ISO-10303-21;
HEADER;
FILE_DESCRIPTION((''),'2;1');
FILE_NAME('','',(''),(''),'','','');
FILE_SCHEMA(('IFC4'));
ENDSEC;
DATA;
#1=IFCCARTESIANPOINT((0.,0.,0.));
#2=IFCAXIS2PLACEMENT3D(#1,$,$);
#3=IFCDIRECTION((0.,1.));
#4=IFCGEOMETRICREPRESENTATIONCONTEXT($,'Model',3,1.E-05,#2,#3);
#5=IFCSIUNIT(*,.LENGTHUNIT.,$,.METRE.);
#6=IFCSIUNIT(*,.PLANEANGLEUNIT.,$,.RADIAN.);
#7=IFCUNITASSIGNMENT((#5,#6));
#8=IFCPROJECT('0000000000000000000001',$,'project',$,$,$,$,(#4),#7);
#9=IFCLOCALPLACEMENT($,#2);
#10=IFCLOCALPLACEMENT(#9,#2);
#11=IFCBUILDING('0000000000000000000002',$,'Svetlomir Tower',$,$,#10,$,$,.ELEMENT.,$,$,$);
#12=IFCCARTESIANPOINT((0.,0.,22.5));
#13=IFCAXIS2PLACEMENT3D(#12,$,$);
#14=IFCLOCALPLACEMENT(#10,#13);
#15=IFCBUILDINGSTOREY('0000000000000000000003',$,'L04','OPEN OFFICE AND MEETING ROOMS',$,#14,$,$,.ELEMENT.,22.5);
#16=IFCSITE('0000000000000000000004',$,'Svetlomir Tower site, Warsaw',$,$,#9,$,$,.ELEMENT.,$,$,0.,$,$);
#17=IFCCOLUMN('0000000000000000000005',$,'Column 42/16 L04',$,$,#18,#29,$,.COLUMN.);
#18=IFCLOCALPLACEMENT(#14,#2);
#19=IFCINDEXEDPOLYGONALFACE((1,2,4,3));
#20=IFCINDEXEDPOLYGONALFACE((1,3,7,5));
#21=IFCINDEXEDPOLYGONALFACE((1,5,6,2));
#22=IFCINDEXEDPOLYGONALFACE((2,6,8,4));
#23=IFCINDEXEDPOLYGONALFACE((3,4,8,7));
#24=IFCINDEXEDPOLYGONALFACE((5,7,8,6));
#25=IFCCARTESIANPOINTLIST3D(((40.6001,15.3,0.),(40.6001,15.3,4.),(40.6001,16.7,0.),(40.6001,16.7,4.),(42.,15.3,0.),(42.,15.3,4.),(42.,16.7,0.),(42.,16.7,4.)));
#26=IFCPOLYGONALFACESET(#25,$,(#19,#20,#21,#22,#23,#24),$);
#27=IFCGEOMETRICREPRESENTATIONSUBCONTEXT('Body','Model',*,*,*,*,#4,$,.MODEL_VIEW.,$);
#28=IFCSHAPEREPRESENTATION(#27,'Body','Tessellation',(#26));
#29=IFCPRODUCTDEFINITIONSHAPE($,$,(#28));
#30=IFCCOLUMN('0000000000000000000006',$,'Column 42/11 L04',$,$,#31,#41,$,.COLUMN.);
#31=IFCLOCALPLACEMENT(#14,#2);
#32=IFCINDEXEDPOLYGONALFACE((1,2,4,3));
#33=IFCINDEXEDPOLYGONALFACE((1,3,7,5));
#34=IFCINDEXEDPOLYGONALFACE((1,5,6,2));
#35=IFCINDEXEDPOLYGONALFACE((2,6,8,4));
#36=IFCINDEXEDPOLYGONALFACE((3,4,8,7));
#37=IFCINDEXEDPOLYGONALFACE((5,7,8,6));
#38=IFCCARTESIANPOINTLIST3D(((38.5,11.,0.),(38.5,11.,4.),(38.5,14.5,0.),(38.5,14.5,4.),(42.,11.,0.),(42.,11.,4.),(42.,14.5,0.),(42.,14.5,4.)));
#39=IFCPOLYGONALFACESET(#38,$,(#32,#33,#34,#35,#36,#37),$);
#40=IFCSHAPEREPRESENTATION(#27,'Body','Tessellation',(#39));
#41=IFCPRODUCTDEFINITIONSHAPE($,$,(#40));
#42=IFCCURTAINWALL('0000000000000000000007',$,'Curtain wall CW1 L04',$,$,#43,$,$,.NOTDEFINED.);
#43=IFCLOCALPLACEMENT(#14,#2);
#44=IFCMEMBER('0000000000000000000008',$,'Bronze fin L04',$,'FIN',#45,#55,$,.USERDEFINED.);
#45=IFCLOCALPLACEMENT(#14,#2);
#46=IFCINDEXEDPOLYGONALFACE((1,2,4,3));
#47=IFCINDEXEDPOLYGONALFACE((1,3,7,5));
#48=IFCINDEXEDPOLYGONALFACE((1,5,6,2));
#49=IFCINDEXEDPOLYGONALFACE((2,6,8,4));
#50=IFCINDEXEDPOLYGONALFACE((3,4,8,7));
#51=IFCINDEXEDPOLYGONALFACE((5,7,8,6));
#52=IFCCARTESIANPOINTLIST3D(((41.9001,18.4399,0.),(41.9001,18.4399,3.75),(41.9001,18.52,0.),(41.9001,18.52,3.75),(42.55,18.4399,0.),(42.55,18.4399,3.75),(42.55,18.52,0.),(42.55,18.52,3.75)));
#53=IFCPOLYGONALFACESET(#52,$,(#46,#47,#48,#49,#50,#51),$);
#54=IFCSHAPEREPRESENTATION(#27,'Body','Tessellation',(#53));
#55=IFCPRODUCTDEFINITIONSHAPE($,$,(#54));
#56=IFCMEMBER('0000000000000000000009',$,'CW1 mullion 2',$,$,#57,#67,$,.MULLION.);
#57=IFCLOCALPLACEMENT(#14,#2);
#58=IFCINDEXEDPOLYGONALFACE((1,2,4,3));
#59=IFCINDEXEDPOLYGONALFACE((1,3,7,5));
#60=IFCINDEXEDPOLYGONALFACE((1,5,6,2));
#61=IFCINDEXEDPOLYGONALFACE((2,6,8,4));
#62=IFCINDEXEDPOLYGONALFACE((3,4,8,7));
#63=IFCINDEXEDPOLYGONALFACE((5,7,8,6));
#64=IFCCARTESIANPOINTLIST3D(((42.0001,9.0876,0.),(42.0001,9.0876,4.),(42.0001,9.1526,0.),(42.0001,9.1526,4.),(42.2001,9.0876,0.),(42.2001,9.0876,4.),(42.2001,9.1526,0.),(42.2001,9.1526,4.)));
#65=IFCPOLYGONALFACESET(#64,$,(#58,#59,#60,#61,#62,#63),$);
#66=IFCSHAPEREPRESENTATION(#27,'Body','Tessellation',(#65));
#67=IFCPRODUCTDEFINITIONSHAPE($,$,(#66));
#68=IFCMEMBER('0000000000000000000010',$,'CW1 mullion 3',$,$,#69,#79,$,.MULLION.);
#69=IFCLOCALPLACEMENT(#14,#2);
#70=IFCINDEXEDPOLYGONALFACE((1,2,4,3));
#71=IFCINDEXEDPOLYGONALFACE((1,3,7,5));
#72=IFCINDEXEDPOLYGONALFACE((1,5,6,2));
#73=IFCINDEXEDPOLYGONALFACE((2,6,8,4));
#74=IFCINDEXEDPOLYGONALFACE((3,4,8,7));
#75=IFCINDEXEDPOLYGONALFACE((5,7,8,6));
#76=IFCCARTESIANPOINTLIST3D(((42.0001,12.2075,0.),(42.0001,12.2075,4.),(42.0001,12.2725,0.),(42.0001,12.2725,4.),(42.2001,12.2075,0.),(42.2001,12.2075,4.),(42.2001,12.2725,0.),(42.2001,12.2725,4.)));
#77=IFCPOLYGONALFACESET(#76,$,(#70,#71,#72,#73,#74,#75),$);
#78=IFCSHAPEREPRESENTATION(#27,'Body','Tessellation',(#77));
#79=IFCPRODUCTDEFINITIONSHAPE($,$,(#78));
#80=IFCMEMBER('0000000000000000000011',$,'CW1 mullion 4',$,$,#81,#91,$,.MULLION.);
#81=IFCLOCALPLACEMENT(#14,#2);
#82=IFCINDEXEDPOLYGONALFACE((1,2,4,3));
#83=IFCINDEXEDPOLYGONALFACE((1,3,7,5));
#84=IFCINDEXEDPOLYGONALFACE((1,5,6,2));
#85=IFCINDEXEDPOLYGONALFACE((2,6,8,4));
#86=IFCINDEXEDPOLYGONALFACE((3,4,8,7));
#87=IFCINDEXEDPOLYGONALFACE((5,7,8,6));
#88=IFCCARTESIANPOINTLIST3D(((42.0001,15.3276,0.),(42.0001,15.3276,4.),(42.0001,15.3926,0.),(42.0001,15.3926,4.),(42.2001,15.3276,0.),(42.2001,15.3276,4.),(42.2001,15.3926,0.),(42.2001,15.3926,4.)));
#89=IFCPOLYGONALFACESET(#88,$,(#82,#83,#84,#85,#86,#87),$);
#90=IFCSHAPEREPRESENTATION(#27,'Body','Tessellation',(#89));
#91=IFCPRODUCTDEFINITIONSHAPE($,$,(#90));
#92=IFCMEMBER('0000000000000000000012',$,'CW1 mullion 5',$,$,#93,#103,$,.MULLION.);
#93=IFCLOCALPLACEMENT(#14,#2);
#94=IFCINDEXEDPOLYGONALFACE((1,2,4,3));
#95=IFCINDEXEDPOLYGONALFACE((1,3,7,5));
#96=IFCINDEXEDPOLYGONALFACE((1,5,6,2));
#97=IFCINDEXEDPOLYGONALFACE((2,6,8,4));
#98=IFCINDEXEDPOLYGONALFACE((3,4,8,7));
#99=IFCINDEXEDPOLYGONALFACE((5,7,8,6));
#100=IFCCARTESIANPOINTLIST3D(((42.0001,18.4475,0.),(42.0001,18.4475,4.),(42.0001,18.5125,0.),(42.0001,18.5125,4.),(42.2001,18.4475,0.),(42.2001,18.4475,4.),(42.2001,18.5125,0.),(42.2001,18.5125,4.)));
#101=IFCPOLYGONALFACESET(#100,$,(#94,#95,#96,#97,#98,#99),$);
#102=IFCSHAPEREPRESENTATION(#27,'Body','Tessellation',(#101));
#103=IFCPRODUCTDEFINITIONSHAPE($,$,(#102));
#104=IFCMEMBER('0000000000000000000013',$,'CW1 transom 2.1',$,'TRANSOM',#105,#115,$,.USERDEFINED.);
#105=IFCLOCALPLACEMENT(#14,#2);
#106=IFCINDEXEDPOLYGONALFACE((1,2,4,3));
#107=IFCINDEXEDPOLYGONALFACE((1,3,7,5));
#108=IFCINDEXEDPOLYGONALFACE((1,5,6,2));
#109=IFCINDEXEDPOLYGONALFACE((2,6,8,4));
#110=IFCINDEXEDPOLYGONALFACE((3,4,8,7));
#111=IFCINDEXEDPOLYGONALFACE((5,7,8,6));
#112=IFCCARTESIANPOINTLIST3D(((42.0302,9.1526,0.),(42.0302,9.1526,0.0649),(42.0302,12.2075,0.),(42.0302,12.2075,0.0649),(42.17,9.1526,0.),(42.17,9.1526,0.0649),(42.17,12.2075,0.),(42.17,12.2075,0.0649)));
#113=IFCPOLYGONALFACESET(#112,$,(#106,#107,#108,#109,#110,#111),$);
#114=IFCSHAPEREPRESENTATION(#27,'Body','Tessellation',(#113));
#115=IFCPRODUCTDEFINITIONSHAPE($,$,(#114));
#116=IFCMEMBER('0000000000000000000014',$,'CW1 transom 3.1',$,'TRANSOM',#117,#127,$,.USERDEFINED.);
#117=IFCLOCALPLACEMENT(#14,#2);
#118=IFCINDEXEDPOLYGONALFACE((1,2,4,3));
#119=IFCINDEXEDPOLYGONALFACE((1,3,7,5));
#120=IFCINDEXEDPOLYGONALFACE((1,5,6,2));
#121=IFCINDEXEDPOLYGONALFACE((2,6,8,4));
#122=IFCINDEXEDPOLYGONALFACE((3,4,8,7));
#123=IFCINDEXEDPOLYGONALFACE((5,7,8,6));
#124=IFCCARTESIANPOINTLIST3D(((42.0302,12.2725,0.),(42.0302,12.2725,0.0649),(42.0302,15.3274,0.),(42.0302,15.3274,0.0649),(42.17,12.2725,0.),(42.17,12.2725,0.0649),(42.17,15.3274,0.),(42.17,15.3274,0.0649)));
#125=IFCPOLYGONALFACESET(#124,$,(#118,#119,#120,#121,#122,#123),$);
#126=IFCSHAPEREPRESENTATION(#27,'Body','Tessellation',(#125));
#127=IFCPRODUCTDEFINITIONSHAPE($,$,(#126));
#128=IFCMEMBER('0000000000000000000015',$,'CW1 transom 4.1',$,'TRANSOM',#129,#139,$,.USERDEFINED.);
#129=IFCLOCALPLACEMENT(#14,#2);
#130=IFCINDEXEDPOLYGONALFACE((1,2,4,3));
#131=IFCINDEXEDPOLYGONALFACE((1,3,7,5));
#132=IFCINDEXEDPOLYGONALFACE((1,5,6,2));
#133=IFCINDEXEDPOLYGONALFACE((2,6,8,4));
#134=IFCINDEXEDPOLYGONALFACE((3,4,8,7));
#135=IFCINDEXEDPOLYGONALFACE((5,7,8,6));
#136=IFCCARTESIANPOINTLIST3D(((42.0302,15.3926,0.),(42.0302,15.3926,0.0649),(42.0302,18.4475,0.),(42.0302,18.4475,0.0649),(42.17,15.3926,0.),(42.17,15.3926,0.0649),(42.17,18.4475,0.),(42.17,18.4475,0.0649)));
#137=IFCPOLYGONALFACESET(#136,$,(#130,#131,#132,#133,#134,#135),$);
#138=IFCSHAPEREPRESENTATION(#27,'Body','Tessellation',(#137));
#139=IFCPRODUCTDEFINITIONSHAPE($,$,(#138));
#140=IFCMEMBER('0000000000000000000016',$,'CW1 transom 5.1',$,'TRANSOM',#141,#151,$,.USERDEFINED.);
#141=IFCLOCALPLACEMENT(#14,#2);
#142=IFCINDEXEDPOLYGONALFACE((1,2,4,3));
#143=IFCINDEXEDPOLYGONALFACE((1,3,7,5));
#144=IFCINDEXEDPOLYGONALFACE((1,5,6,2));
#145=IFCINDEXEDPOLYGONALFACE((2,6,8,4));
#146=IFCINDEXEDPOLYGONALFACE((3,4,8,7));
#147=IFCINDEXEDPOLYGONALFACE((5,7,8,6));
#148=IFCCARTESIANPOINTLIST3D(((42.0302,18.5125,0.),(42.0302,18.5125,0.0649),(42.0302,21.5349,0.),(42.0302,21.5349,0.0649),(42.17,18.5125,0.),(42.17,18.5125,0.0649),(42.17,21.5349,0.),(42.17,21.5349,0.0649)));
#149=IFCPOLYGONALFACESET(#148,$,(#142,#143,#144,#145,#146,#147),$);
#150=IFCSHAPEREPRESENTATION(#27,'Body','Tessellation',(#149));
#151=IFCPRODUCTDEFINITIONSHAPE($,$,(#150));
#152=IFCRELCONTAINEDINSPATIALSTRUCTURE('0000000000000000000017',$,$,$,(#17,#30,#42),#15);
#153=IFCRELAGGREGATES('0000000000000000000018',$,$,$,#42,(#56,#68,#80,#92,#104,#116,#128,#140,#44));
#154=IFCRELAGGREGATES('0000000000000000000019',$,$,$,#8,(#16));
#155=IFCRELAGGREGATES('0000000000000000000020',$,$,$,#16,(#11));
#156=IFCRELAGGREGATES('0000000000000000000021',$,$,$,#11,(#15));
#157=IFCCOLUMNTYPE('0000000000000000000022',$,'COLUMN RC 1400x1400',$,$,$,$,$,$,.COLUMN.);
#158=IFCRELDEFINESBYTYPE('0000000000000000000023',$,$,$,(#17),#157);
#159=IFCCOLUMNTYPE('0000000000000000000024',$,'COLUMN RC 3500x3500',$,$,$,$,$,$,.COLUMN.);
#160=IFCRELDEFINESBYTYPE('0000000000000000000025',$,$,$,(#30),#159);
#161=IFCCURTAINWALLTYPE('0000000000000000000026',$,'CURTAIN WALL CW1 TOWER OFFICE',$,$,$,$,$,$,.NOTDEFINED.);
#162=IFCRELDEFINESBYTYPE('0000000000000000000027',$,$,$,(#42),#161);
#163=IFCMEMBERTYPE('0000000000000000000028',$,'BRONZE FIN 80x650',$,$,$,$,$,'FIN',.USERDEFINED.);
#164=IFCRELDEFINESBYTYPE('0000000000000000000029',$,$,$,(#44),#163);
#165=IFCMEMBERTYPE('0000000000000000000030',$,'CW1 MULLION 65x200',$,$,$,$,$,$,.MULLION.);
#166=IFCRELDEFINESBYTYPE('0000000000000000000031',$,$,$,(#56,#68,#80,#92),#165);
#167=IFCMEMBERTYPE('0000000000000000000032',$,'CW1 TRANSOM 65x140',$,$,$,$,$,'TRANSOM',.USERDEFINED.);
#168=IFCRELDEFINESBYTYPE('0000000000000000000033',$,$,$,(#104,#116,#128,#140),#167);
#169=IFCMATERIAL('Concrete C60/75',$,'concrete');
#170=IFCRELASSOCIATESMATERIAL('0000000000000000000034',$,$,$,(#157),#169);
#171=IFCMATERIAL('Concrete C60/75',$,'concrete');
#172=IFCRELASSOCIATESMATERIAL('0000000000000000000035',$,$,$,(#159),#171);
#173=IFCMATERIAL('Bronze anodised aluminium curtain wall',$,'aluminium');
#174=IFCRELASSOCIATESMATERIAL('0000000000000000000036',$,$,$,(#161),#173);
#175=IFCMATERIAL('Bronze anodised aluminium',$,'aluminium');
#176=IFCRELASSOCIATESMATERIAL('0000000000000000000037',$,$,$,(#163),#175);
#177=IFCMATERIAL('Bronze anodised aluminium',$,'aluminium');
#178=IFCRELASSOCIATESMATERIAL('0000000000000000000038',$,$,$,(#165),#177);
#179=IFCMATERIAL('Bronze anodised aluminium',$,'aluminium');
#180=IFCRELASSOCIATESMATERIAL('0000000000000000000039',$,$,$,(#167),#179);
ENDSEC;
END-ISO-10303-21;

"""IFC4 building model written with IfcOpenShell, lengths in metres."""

from ifc_helpers import new_model, si_unit, direction, frame, origin, origin_2d, place, context, subcontext, project, spatial, rectangle, extrude, material, material_profile, profile_set, type_object, element, aggregate, save


model = new_model("IFC4")

# Units and contexts
model_context = context("Model", 3, precision=1e-05, world=origin(), true_north=direction((0.0, 1.0)))
body_context = subcontext(model_context, "Body", "Model", "MODEL_VIEW")
ifc_project = project(units=[si_unit("LENGTHUNIT", "METRE"), si_unit("PLANEANGLEUNIT", "RADIAN")], contexts=[model_context])

# Site, building, storey
site_placement = place(None, origin())
site = spatial("IfcSite", under=ifc_project, at=site_placement, Name="Svetlomir Tower site, Warsaw", CompositionType="ELEMENT", RefElevation=0.0)
building_placement = place(site_placement, origin())
building = spatial("IfcBuilding", under=site, at=building_placement, Name="Svetlomir Tower", CompositionType="ELEMENT")
storey_placement = place(building_placement, frame((0.0, 0.0, 22.5)))
storey = spatial("IfcBuildingStorey", under=building, at=storey_placement, Name="L04", Description="OPEN OFFICE AND MEETING ROOMS", CompositionType="ELEMENT", Elevation=22.5)

# Columns
ifc_material_1 = material(Name="Concrete C60/75", Category="concrete")
ifc_material_profile_1 = material_profile(ifc_material_1, rectangle(XDim=1.3999, YDim=1.3999, at=origin_2d()), Name="RC 1400x1400")
ifc_profile_set_1 = profile_set([ifc_material_profile_1], Name="Concrete C60/75")
column_type_1 = type_object("IfcColumnType", Name="COLUMN RC 1400x1400", PredefinedType="COLUMN", material=ifc_profile_set_1)
column_1_placement = place(storey_placement, frame((41.3, 16.0, 0.0), z_axis=(0.0, 0.0, 1.0), x_axis=(1.0, 0.0, 0.0)))
element("IfcColumn", 1, at=column_1_placement, inside=storey, type_object=column_type_1, Name="Column 42/16 L04", PredefinedType="COLUMN", context=body_context, shape_type="SweptSolid", body=[
    extrude(rectangle(XDim=1.3999, YDim=1.3999, at=origin_2d()), origin(), (0.0, 0.0, 1.0), 4.0),
])
ifc_material_2 = material(Name="Concrete C60/75", Category="concrete")
ifc_material_profile_2 = material_profile(ifc_material_2, rectangle(XDim=3.5, YDim=3.5, at=origin_2d()), Name="RC 3500x3500")
ifc_profile_set_2 = profile_set([ifc_material_profile_2], Name="Concrete C60/75")
column_type_2 = type_object("IfcColumnType", Name="COLUMN RC 3500x3500", PredefinedType="COLUMN", material=ifc_profile_set_2)
column_2_placement = place(storey_placement, frame((40.25, 12.75, 0.0), z_axis=(0.0, 0.0, 1.0), x_axis=(1.0, 0.0, 0.0)))
element("IfcColumn", 2, at=column_2_placement, inside=storey, type_object=column_type_2, Name="Column 42/11 L04", PredefinedType="COLUMN", context=body_context, shape_type="SweptSolid", body=[
    extrude(rectangle(XDim=3.5, YDim=3.5, at=origin_2d()), origin(), (0.0, 0.0, 1.0), 4.0),
])

# Curtain wall, members
ifc_material_3 = material(Name="Bronze anodised aluminium curtain wall", Category="aluminium")
curtain_wall_type = type_object("IfcCurtainWallType", Name="CURTAIN WALL CW1 TOWER OFFICE", PredefinedType="NOTDEFINED", material=ifc_material_3)
curtain_wall_placement = place(storey_placement, origin())
curtain_wall = element("IfcCurtainWall", 3, at=curtain_wall_placement, inside=storey, type_object=curtain_wall_type, Name="Curtain wall CW1 L04", PredefinedType="NOTDEFINED")
ifc_material_4 = material(Name="Bronze anodised aluminium", Category="aluminium")
ifc_material_profile_3 = material_profile(ifc_material_4, rectangle(XDim=0.0801, YDim=0.6499, at=origin_2d()), Name="FIN 80x650")
ifc_profile_set_3 = profile_set([ifc_material_profile_3], Name="Bronze anodised aluminium 6063-T6")
member_type_1 = type_object("IfcMemberType", Name="BRONZE FIN 80x650", ElementType="FIN", PredefinedType="USERDEFINED", material=ifc_profile_set_3)
member_1_placement = place(storey_placement, frame((42.2251, 18.48, 0.0), z_axis=(0.0, 0.0, 1.0), x_axis=(0.0, 1.0, 0.0)))
member_1 = element("IfcMember", 4, at=member_1_placement, type_object=member_type_1, Name="Bronze fin L04", ObjectType="FIN", PredefinedType="USERDEFINED", context=body_context, shape_type="SweptSolid", body=[
    extrude(rectangle(XDim=0.0801, YDim=0.6499, at=origin_2d()), origin(), (0.0, 0.0, 1.0), 3.75),
])
ifc_material_5 = material(Name="Bronze anodised aluminium", Category="aluminium")
ifc_material_profile_4 = material_profile(ifc_material_5, rectangle(XDim=0.0649, YDim=0.2, at=origin_2d()), Name="AL 65x200")
ifc_profile_set_4 = profile_set([ifc_material_profile_4], Name="Bronze anodised aluminium 6063-T6")
member_type_2 = type_object("IfcMemberType", Name="CW1 MULLION 65x200", PredefinedType="MULLION", material=ifc_profile_set_4)
member_2_placement = place(storey_placement, frame((42.1001, 9.1201, 0.0), z_axis=(0.0, 0.0, 1.0), x_axis=(0.0, 1.0, 0.0)))
member_2 = element("IfcMember", 5, at=member_2_placement, type_object=member_type_2, Name="CW1 mullion 2", PredefinedType="MULLION", context=body_context, shape_type="SweptSolid", body=[
    extrude(rectangle(XDim=0.0649, YDim=0.2, at=origin_2d()), origin(), (0.0, 0.0, 1.0), 4.0),
])
member_3_placement = place(storey_placement, frame((42.1001, 12.24, 0.0), z_axis=(0.0, 0.0, 1.0), x_axis=(0.0, 1.0, 0.0)))
member_3 = element("IfcMember", 6, at=member_3_placement, type_object=member_type_2, Name="CW1 mullion 3", PredefinedType="MULLION", context=body_context, shape_type="SweptSolid", body=[
    extrude(rectangle(XDim=0.0649, YDim=0.2, at=origin_2d()), origin(), (0.0, 0.0, 1.0), 4.0),
])
member_4_placement = place(storey_placement, frame((42.1001, 15.3601, 0.0), z_axis=(0.0, 0.0, 1.0), x_axis=(0.0, 1.0, 0.0)))
member_4 = element("IfcMember", 7, at=member_4_placement, type_object=member_type_2, Name="CW1 mullion 4", PredefinedType="MULLION", context=body_context, shape_type="SweptSolid", body=[
    extrude(rectangle(XDim=0.0649, YDim=0.2, at=origin_2d()), origin(), (0.0, 0.0, 1.0), 4.0),
])
member_5_placement = place(storey_placement, frame((42.1001, 18.48, 0.0), z_axis=(0.0, 0.0, 1.0), x_axis=(0.0, 1.0, 0.0)))
member_5 = element("IfcMember", 8, at=member_5_placement, type_object=member_type_2, Name="CW1 mullion 5", PredefinedType="MULLION", context=body_context, shape_type="SweptSolid", body=[
    extrude(rectangle(XDim=0.0649, YDim=0.2, at=origin_2d()), origin(), (0.0, 0.0, 1.0), 4.0),
])
ifc_material_6 = material(Name="Bronze anodised aluminium", Category="aluminium")
ifc_material_profile_5 = material_profile(ifc_material_6, rectangle(XDim=0.1399, YDim=0.0649, at=origin_2d()), Name="AL 140x65")
ifc_profile_set_5 = profile_set([ifc_material_profile_5], Name="Bronze anodised aluminium 6063-T6")
member_type_3 = type_object("IfcMemberType", Name="CW1 TRANSOM 65x140", ElementType="TRANSOM", PredefinedType="USERDEFINED", material=ifc_profile_set_5)
member_6_placement = place(storey_placement, frame((42.1001, 9.1526, 0.0325), z_axis=(0.0, 1.0, 0.0), x_axis=(-1.0, 0.0, 0.0)))
member_6 = element("IfcMember", 9, at=member_6_placement, type_object=member_type_3, Name="CW1 transom 2.1", ObjectType="TRANSOM", PredefinedType="USERDEFINED", context=body_context, shape_type="SweptSolid", body=[
    extrude(rectangle(XDim=0.1399, YDim=0.0649, at=origin_2d()), origin(), (0.0, 0.0, 1.0), 3.0549),
])
member_7_placement = place(storey_placement, frame((42.1001, 12.2725, 0.0325), z_axis=(0.0, 1.0, 0.0), x_axis=(-1.0, 0.0, 0.0)))
member_7 = element("IfcMember", 10, at=member_7_placement, type_object=member_type_3, Name="CW1 transom 3.1", ObjectType="TRANSOM", PredefinedType="USERDEFINED", context=body_context, shape_type="SweptSolid", body=[
    extrude(rectangle(XDim=0.1399, YDim=0.0649, at=origin_2d()), origin(), (0.0, 0.0, 1.0), 3.0549),
])
member_8_placement = place(storey_placement, frame((42.1001, 15.3926, 0.0325), z_axis=(0.0, 1.0, 0.0), x_axis=(-1.0, 0.0, 0.0)))
member_8 = element("IfcMember", 11, at=member_8_placement, type_object=member_type_3, Name="CW1 transom 4.1", ObjectType="TRANSOM", PredefinedType="USERDEFINED", context=body_context, shape_type="SweptSolid", body=[
    extrude(rectangle(XDim=0.1399, YDim=0.0649, at=origin_2d()), origin(), (0.0, 0.0, 1.0), 3.0549),
])
member_9_placement = place(storey_placement, frame((42.1001, 18.5125, 0.0325), z_axis=(0.0, 1.0, 0.0), x_axis=(-1.0, 0.0, 0.0)))
member_9 = element("IfcMember", 12, at=member_9_placement, type_object=member_type_3, Name="CW1 transom 5.1", ObjectType="TRANSOM", PredefinedType="USERDEFINED", context=body_context, shape_type="SweptSolid", body=[
    extrude(rectangle(XDim=0.1399, YDim=0.0649, at=origin_2d()), origin(), (0.0, 0.0, 1.0), 3.0225),
])

aggregate(curtain_wall, [member_2, member_3, member_4, member_5, member_6, member_7, member_8, member_9, member_1])

save(model, "model.ifc")
